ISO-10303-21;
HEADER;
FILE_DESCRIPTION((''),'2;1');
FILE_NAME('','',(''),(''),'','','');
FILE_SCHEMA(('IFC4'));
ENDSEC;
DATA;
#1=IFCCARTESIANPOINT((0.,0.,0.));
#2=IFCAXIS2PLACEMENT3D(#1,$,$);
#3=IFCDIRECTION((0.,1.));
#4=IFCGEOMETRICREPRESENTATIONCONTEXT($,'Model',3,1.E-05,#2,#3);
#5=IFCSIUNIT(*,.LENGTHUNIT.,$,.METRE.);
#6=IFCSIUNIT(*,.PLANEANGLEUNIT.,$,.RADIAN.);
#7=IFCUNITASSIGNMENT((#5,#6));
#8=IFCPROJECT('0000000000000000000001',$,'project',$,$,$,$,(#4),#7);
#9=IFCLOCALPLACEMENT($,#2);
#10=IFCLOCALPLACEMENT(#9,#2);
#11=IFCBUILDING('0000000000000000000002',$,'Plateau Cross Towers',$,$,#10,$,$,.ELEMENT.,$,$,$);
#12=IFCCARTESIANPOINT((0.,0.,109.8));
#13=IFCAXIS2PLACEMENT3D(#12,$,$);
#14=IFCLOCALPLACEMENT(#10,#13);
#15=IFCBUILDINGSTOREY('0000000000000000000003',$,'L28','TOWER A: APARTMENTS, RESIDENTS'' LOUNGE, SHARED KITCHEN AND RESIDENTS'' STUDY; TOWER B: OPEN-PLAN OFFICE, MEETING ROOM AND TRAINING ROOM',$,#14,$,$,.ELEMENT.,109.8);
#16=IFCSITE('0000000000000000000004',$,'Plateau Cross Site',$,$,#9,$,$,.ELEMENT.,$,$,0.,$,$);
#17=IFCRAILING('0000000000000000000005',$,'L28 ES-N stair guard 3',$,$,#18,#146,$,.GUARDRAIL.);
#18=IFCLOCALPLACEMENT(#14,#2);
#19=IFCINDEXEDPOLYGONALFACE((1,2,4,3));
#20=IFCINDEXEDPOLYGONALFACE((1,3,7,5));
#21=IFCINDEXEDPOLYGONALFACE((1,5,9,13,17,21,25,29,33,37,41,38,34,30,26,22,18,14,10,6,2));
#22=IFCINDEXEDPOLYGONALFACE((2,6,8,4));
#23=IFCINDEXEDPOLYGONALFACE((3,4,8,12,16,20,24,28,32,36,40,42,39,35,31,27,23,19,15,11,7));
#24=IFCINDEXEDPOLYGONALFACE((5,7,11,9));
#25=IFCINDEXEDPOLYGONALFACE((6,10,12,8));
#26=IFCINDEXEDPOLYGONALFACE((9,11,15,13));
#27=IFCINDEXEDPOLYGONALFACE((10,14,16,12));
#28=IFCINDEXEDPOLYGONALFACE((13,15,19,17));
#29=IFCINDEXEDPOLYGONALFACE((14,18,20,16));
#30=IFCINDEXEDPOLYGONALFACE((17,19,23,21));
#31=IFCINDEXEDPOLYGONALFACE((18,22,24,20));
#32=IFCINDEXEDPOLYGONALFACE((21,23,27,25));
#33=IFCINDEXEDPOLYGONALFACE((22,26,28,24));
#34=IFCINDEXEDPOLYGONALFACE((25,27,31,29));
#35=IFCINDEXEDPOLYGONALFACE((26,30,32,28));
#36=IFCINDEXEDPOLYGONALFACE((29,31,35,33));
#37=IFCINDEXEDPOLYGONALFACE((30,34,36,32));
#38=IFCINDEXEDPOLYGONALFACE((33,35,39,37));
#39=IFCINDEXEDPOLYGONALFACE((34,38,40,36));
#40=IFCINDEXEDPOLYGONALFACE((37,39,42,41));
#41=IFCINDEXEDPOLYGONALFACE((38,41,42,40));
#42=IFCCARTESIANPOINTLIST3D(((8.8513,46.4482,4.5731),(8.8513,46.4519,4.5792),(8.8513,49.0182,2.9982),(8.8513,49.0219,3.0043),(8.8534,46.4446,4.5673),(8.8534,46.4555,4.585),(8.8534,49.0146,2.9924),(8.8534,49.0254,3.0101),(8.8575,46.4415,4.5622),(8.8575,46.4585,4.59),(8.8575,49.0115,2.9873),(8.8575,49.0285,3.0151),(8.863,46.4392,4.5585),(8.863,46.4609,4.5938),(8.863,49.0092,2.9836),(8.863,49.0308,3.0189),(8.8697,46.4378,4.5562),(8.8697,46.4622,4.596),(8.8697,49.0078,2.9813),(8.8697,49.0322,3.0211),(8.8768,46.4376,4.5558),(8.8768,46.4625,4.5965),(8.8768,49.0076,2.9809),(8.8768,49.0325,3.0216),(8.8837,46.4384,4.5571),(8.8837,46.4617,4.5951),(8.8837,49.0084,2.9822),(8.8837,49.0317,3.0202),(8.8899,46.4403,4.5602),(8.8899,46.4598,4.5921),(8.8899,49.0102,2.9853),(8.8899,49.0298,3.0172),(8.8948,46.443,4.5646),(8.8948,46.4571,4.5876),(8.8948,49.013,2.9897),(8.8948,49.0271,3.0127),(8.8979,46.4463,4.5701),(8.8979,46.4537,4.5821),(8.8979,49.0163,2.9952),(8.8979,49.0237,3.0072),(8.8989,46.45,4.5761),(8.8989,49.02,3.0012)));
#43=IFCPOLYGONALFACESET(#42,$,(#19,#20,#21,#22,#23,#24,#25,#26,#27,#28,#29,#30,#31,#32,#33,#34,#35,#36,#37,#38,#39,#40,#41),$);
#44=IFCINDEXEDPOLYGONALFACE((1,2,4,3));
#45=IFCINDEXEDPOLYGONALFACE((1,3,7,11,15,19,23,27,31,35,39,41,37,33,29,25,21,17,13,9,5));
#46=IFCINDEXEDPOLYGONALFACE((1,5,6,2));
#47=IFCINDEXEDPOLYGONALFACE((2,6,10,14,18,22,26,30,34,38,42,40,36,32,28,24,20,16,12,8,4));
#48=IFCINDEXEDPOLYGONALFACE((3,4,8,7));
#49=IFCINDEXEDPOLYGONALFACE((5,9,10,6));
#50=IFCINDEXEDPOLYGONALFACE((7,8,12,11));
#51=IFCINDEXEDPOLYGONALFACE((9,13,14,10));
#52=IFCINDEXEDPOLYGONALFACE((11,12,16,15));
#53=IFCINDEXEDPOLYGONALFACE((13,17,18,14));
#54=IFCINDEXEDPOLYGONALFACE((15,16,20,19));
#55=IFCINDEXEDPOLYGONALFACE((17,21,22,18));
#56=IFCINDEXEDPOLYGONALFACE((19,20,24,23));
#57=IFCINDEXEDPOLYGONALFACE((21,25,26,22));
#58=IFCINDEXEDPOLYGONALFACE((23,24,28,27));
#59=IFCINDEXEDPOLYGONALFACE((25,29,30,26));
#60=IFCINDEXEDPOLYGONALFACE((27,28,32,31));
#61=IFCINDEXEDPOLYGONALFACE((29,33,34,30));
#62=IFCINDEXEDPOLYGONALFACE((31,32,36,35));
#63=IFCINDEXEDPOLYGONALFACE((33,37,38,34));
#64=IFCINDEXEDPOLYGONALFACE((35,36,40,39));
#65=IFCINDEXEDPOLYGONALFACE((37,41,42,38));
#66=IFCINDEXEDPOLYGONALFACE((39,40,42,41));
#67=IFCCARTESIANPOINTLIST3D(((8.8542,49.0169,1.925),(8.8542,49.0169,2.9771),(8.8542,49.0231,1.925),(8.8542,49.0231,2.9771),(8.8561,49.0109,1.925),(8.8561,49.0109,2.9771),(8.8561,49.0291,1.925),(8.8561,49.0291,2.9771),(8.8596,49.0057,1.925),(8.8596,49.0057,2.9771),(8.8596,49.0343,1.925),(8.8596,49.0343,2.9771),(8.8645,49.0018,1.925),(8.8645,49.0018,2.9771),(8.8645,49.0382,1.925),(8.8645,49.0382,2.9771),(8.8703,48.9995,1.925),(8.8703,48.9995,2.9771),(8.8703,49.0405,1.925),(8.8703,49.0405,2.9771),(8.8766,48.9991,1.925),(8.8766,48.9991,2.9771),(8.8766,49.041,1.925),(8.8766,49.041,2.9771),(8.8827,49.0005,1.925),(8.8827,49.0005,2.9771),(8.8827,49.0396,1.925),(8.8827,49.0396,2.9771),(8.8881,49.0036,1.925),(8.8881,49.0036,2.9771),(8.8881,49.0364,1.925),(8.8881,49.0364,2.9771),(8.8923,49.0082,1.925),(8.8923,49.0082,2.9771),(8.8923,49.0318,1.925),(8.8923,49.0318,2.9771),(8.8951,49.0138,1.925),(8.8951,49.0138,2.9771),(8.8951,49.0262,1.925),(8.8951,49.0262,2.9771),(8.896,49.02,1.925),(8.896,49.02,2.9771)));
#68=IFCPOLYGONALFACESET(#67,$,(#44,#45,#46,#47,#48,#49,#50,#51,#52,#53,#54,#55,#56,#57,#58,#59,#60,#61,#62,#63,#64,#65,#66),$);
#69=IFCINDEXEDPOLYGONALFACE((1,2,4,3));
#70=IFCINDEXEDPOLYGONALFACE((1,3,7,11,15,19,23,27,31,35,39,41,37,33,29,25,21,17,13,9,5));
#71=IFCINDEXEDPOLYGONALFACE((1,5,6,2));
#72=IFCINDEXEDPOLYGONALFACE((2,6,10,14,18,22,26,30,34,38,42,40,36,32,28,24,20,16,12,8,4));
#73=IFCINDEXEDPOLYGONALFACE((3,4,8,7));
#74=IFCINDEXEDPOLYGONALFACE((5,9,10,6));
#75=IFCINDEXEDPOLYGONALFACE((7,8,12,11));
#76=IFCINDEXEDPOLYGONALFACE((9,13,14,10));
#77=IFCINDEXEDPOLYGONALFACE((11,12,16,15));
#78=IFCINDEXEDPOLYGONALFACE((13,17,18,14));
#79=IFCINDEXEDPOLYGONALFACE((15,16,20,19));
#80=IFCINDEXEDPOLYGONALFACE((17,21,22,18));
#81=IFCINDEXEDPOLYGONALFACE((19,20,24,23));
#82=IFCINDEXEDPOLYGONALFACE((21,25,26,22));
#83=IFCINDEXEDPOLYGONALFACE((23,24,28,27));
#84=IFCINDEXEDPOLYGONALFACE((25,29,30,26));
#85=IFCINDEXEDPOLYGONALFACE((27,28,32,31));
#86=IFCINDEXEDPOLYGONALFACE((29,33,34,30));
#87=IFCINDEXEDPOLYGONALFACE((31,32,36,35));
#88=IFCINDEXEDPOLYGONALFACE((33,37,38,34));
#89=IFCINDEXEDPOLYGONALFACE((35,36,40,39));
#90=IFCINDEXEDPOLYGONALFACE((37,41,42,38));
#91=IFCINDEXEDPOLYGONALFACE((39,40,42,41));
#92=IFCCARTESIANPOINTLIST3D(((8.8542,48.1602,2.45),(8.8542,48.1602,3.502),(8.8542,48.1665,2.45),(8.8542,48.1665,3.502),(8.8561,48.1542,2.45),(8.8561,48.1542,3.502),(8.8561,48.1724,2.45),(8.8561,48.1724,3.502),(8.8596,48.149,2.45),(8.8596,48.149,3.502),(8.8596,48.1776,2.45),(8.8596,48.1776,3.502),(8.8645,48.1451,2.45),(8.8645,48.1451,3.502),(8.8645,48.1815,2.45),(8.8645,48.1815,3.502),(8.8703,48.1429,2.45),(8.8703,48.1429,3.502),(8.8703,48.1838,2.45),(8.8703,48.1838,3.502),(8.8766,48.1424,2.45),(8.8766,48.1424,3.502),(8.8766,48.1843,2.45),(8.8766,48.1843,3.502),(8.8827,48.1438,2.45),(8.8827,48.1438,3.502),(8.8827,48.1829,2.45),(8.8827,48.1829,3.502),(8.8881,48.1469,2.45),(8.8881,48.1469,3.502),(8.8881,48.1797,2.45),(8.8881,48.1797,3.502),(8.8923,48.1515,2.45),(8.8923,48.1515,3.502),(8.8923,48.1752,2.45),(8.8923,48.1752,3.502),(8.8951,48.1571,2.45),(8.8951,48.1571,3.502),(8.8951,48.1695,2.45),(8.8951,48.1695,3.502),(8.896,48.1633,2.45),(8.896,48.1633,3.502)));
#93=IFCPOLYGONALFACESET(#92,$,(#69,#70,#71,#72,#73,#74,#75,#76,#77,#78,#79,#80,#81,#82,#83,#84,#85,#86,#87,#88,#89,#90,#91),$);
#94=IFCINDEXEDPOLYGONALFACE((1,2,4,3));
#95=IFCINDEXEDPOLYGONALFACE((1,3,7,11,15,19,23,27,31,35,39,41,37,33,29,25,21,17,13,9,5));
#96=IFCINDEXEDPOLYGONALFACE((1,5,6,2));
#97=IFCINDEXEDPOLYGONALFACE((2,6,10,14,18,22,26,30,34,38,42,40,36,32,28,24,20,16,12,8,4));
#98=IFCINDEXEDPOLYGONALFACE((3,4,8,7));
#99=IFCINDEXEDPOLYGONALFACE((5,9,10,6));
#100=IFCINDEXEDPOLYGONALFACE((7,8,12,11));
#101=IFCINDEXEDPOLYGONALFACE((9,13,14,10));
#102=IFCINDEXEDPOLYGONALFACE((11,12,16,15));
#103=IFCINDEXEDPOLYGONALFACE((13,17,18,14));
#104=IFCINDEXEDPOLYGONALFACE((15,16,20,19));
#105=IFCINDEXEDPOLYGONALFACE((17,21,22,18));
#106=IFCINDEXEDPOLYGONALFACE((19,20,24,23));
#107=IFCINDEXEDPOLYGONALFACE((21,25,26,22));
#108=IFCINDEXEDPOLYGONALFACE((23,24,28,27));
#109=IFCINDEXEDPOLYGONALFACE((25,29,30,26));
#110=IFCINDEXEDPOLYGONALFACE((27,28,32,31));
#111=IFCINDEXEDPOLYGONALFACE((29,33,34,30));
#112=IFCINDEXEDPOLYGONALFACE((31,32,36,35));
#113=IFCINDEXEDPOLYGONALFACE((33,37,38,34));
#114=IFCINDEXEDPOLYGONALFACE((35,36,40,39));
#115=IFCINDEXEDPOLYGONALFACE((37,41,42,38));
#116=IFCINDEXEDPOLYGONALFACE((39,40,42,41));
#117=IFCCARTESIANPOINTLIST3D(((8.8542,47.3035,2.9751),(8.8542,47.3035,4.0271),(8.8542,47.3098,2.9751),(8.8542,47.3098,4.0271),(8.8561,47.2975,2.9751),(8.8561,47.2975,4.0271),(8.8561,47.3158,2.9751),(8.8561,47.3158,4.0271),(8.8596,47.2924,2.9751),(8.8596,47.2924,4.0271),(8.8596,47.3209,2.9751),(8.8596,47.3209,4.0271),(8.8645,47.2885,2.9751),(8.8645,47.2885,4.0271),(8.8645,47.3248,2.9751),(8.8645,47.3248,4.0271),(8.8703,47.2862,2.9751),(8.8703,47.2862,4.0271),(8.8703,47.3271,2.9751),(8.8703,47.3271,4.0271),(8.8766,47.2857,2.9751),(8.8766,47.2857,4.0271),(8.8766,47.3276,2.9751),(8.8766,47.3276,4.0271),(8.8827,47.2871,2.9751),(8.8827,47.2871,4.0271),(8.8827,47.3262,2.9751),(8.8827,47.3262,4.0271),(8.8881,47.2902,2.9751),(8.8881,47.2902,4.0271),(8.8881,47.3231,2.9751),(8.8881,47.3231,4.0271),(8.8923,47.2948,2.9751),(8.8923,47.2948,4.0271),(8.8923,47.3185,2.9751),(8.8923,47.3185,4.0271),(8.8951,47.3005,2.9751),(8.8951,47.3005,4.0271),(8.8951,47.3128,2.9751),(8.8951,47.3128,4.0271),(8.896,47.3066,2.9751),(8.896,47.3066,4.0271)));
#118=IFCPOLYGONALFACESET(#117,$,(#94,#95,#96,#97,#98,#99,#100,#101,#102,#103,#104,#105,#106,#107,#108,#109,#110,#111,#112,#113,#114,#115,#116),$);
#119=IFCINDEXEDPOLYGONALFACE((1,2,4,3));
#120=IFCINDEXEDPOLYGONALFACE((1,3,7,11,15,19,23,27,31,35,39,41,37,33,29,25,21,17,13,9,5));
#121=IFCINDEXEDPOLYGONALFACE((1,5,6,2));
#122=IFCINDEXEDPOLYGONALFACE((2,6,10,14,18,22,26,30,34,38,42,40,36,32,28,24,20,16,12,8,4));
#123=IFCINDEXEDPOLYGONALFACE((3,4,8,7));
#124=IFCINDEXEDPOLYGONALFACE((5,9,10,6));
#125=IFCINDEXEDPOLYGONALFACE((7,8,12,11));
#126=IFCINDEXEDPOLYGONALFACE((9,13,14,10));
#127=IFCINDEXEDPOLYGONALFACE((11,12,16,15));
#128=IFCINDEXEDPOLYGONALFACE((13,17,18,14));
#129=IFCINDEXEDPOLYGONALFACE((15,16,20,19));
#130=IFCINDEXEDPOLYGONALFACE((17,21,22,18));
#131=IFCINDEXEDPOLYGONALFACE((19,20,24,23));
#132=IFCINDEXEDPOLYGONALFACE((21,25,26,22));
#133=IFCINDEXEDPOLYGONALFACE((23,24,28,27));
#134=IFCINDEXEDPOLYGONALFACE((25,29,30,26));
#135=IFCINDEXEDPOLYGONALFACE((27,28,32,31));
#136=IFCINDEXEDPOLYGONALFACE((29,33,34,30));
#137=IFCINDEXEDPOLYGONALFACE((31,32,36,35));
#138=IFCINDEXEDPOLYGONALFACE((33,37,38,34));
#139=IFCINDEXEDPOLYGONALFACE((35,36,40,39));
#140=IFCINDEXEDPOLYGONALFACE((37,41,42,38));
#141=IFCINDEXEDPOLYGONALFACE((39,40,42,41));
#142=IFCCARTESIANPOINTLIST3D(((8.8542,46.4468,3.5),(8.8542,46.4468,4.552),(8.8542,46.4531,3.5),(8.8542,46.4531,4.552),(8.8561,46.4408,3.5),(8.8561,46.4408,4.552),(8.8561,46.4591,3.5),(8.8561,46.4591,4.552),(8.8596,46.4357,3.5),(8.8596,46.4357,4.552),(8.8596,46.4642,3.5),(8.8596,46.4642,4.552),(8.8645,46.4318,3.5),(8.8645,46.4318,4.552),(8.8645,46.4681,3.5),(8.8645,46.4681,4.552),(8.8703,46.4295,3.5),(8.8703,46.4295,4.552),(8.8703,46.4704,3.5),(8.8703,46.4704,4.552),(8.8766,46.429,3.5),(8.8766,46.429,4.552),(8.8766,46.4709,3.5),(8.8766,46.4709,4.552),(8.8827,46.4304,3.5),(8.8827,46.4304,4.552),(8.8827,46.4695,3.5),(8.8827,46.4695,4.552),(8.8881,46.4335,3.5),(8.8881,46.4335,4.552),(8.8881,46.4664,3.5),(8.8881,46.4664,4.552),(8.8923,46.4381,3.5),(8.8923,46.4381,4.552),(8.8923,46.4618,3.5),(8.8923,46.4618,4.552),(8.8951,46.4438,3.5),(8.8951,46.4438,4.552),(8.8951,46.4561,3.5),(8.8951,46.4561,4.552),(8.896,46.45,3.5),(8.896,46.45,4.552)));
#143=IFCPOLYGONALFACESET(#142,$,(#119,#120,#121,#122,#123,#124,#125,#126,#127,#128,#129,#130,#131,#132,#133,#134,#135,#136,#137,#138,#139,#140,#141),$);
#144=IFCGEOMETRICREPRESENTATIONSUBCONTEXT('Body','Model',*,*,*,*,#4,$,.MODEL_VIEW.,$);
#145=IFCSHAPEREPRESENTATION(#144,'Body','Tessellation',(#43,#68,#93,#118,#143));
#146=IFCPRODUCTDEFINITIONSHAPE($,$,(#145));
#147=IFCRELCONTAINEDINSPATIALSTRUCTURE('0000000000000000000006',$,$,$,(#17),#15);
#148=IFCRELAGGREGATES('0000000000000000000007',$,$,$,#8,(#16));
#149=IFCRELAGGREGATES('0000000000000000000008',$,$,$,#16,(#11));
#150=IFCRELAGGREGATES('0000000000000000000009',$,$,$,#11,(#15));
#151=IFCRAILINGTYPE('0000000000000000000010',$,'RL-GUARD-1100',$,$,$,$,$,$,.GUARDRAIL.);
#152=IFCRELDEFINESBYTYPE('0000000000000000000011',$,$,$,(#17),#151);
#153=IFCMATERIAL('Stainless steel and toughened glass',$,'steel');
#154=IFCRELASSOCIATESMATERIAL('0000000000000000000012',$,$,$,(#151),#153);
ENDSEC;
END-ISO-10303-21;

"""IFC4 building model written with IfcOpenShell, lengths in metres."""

from ifc_helpers import new_model, si_unit, direction, frame, origin, origin_2d, place, context, subcontext, project, spatial, circle, extrude, material, type_object, element, save


model = new_model("IFC4")

# Units and contexts
model_context = context("Model", 3, precision=1e-05, world=origin(), true_north=direction((0.0, 1.0)))
body_context = subcontext(model_context, "Body", "Model", "MODEL_VIEW")
ifc_project = project(units=[si_unit("LENGTHUNIT", "METRE"), si_unit("PLANEANGLEUNIT", "RADIAN")], contexts=[model_context])

# Site, building, storey
site_placement = place(None, origin())
site = spatial("IfcSite", under=ifc_project, at=site_placement, Name="Plateau Cross Site", CompositionType="ELEMENT", RefElevation=0.0)
building_placement = place(site_placement, origin())
building = spatial("IfcBuilding", under=site, at=building_placement, Name="Plateau Cross Towers", CompositionType="ELEMENT")
storey_placement = place(building_placement, frame((0.0, 0.0, 109.8)))
storey = spatial("IfcBuildingStorey", under=building, at=storey_placement, Name="L28", Description="TOWER A: APARTMENTS, RESIDENTS' LOUNGE, SHARED KITCHEN AND RESIDENTS' STUDY; TOWER B: OPEN-PLAN OFFICE, MEETING ROOM AND TRAINING ROOM", CompositionType="ELEMENT", Elevation=109.8)

# Railing
ifc_material_1 = material(Name="Stainless steel and toughened glass", Category="steel")
railing_type_1 = type_object("IfcRailingType", Name="RL-GUARD-1100", PredefinedType="GUARDRAIL", material=ifc_material_1)
railing_1_placement = place(storey_placement, frame((8.875, 49.02, 1.925)))
element("IfcRailing", 1, at=railing_1_placement, inside=storey, type_object=railing_type_1, Name="L28 ES-N stair guard 3", PredefinedType="GUARDRAIL", context=body_context, shape_type="SweptSolid", body=[
    extrude(circle(Radius=0.0239, at=origin_2d()), frame((0.0, 0.0, 1.0762), z_axis=(0.0, -0.852639, 0.522501), x_axis=(1.0, 0.0, 0.0)), (0.0, 0.0, 1.0), 3.0142),
    extrude(circle(Radius=0.021, at=origin_2d()), origin(), (0.0, 0.0, 1.0), 1.052),
    extrude(circle(Radius=0.021, at=origin_2d()), frame((0.0, -0.8567, 0.5249)), (0.0, 0.0, 1.0), 1.052),
    extrude(circle(Radius=0.021, at=origin_2d()), frame((0.0, -1.7134, 1.05)), (0.0, 0.0, 1.0), 1.052),
    extrude(circle(Radius=0.021, at=origin_2d()), frame((0.0, -2.5701, 1.575)), (0.0, 0.0, 1.0), 1.052),
])

save(model, "model.ifc")
